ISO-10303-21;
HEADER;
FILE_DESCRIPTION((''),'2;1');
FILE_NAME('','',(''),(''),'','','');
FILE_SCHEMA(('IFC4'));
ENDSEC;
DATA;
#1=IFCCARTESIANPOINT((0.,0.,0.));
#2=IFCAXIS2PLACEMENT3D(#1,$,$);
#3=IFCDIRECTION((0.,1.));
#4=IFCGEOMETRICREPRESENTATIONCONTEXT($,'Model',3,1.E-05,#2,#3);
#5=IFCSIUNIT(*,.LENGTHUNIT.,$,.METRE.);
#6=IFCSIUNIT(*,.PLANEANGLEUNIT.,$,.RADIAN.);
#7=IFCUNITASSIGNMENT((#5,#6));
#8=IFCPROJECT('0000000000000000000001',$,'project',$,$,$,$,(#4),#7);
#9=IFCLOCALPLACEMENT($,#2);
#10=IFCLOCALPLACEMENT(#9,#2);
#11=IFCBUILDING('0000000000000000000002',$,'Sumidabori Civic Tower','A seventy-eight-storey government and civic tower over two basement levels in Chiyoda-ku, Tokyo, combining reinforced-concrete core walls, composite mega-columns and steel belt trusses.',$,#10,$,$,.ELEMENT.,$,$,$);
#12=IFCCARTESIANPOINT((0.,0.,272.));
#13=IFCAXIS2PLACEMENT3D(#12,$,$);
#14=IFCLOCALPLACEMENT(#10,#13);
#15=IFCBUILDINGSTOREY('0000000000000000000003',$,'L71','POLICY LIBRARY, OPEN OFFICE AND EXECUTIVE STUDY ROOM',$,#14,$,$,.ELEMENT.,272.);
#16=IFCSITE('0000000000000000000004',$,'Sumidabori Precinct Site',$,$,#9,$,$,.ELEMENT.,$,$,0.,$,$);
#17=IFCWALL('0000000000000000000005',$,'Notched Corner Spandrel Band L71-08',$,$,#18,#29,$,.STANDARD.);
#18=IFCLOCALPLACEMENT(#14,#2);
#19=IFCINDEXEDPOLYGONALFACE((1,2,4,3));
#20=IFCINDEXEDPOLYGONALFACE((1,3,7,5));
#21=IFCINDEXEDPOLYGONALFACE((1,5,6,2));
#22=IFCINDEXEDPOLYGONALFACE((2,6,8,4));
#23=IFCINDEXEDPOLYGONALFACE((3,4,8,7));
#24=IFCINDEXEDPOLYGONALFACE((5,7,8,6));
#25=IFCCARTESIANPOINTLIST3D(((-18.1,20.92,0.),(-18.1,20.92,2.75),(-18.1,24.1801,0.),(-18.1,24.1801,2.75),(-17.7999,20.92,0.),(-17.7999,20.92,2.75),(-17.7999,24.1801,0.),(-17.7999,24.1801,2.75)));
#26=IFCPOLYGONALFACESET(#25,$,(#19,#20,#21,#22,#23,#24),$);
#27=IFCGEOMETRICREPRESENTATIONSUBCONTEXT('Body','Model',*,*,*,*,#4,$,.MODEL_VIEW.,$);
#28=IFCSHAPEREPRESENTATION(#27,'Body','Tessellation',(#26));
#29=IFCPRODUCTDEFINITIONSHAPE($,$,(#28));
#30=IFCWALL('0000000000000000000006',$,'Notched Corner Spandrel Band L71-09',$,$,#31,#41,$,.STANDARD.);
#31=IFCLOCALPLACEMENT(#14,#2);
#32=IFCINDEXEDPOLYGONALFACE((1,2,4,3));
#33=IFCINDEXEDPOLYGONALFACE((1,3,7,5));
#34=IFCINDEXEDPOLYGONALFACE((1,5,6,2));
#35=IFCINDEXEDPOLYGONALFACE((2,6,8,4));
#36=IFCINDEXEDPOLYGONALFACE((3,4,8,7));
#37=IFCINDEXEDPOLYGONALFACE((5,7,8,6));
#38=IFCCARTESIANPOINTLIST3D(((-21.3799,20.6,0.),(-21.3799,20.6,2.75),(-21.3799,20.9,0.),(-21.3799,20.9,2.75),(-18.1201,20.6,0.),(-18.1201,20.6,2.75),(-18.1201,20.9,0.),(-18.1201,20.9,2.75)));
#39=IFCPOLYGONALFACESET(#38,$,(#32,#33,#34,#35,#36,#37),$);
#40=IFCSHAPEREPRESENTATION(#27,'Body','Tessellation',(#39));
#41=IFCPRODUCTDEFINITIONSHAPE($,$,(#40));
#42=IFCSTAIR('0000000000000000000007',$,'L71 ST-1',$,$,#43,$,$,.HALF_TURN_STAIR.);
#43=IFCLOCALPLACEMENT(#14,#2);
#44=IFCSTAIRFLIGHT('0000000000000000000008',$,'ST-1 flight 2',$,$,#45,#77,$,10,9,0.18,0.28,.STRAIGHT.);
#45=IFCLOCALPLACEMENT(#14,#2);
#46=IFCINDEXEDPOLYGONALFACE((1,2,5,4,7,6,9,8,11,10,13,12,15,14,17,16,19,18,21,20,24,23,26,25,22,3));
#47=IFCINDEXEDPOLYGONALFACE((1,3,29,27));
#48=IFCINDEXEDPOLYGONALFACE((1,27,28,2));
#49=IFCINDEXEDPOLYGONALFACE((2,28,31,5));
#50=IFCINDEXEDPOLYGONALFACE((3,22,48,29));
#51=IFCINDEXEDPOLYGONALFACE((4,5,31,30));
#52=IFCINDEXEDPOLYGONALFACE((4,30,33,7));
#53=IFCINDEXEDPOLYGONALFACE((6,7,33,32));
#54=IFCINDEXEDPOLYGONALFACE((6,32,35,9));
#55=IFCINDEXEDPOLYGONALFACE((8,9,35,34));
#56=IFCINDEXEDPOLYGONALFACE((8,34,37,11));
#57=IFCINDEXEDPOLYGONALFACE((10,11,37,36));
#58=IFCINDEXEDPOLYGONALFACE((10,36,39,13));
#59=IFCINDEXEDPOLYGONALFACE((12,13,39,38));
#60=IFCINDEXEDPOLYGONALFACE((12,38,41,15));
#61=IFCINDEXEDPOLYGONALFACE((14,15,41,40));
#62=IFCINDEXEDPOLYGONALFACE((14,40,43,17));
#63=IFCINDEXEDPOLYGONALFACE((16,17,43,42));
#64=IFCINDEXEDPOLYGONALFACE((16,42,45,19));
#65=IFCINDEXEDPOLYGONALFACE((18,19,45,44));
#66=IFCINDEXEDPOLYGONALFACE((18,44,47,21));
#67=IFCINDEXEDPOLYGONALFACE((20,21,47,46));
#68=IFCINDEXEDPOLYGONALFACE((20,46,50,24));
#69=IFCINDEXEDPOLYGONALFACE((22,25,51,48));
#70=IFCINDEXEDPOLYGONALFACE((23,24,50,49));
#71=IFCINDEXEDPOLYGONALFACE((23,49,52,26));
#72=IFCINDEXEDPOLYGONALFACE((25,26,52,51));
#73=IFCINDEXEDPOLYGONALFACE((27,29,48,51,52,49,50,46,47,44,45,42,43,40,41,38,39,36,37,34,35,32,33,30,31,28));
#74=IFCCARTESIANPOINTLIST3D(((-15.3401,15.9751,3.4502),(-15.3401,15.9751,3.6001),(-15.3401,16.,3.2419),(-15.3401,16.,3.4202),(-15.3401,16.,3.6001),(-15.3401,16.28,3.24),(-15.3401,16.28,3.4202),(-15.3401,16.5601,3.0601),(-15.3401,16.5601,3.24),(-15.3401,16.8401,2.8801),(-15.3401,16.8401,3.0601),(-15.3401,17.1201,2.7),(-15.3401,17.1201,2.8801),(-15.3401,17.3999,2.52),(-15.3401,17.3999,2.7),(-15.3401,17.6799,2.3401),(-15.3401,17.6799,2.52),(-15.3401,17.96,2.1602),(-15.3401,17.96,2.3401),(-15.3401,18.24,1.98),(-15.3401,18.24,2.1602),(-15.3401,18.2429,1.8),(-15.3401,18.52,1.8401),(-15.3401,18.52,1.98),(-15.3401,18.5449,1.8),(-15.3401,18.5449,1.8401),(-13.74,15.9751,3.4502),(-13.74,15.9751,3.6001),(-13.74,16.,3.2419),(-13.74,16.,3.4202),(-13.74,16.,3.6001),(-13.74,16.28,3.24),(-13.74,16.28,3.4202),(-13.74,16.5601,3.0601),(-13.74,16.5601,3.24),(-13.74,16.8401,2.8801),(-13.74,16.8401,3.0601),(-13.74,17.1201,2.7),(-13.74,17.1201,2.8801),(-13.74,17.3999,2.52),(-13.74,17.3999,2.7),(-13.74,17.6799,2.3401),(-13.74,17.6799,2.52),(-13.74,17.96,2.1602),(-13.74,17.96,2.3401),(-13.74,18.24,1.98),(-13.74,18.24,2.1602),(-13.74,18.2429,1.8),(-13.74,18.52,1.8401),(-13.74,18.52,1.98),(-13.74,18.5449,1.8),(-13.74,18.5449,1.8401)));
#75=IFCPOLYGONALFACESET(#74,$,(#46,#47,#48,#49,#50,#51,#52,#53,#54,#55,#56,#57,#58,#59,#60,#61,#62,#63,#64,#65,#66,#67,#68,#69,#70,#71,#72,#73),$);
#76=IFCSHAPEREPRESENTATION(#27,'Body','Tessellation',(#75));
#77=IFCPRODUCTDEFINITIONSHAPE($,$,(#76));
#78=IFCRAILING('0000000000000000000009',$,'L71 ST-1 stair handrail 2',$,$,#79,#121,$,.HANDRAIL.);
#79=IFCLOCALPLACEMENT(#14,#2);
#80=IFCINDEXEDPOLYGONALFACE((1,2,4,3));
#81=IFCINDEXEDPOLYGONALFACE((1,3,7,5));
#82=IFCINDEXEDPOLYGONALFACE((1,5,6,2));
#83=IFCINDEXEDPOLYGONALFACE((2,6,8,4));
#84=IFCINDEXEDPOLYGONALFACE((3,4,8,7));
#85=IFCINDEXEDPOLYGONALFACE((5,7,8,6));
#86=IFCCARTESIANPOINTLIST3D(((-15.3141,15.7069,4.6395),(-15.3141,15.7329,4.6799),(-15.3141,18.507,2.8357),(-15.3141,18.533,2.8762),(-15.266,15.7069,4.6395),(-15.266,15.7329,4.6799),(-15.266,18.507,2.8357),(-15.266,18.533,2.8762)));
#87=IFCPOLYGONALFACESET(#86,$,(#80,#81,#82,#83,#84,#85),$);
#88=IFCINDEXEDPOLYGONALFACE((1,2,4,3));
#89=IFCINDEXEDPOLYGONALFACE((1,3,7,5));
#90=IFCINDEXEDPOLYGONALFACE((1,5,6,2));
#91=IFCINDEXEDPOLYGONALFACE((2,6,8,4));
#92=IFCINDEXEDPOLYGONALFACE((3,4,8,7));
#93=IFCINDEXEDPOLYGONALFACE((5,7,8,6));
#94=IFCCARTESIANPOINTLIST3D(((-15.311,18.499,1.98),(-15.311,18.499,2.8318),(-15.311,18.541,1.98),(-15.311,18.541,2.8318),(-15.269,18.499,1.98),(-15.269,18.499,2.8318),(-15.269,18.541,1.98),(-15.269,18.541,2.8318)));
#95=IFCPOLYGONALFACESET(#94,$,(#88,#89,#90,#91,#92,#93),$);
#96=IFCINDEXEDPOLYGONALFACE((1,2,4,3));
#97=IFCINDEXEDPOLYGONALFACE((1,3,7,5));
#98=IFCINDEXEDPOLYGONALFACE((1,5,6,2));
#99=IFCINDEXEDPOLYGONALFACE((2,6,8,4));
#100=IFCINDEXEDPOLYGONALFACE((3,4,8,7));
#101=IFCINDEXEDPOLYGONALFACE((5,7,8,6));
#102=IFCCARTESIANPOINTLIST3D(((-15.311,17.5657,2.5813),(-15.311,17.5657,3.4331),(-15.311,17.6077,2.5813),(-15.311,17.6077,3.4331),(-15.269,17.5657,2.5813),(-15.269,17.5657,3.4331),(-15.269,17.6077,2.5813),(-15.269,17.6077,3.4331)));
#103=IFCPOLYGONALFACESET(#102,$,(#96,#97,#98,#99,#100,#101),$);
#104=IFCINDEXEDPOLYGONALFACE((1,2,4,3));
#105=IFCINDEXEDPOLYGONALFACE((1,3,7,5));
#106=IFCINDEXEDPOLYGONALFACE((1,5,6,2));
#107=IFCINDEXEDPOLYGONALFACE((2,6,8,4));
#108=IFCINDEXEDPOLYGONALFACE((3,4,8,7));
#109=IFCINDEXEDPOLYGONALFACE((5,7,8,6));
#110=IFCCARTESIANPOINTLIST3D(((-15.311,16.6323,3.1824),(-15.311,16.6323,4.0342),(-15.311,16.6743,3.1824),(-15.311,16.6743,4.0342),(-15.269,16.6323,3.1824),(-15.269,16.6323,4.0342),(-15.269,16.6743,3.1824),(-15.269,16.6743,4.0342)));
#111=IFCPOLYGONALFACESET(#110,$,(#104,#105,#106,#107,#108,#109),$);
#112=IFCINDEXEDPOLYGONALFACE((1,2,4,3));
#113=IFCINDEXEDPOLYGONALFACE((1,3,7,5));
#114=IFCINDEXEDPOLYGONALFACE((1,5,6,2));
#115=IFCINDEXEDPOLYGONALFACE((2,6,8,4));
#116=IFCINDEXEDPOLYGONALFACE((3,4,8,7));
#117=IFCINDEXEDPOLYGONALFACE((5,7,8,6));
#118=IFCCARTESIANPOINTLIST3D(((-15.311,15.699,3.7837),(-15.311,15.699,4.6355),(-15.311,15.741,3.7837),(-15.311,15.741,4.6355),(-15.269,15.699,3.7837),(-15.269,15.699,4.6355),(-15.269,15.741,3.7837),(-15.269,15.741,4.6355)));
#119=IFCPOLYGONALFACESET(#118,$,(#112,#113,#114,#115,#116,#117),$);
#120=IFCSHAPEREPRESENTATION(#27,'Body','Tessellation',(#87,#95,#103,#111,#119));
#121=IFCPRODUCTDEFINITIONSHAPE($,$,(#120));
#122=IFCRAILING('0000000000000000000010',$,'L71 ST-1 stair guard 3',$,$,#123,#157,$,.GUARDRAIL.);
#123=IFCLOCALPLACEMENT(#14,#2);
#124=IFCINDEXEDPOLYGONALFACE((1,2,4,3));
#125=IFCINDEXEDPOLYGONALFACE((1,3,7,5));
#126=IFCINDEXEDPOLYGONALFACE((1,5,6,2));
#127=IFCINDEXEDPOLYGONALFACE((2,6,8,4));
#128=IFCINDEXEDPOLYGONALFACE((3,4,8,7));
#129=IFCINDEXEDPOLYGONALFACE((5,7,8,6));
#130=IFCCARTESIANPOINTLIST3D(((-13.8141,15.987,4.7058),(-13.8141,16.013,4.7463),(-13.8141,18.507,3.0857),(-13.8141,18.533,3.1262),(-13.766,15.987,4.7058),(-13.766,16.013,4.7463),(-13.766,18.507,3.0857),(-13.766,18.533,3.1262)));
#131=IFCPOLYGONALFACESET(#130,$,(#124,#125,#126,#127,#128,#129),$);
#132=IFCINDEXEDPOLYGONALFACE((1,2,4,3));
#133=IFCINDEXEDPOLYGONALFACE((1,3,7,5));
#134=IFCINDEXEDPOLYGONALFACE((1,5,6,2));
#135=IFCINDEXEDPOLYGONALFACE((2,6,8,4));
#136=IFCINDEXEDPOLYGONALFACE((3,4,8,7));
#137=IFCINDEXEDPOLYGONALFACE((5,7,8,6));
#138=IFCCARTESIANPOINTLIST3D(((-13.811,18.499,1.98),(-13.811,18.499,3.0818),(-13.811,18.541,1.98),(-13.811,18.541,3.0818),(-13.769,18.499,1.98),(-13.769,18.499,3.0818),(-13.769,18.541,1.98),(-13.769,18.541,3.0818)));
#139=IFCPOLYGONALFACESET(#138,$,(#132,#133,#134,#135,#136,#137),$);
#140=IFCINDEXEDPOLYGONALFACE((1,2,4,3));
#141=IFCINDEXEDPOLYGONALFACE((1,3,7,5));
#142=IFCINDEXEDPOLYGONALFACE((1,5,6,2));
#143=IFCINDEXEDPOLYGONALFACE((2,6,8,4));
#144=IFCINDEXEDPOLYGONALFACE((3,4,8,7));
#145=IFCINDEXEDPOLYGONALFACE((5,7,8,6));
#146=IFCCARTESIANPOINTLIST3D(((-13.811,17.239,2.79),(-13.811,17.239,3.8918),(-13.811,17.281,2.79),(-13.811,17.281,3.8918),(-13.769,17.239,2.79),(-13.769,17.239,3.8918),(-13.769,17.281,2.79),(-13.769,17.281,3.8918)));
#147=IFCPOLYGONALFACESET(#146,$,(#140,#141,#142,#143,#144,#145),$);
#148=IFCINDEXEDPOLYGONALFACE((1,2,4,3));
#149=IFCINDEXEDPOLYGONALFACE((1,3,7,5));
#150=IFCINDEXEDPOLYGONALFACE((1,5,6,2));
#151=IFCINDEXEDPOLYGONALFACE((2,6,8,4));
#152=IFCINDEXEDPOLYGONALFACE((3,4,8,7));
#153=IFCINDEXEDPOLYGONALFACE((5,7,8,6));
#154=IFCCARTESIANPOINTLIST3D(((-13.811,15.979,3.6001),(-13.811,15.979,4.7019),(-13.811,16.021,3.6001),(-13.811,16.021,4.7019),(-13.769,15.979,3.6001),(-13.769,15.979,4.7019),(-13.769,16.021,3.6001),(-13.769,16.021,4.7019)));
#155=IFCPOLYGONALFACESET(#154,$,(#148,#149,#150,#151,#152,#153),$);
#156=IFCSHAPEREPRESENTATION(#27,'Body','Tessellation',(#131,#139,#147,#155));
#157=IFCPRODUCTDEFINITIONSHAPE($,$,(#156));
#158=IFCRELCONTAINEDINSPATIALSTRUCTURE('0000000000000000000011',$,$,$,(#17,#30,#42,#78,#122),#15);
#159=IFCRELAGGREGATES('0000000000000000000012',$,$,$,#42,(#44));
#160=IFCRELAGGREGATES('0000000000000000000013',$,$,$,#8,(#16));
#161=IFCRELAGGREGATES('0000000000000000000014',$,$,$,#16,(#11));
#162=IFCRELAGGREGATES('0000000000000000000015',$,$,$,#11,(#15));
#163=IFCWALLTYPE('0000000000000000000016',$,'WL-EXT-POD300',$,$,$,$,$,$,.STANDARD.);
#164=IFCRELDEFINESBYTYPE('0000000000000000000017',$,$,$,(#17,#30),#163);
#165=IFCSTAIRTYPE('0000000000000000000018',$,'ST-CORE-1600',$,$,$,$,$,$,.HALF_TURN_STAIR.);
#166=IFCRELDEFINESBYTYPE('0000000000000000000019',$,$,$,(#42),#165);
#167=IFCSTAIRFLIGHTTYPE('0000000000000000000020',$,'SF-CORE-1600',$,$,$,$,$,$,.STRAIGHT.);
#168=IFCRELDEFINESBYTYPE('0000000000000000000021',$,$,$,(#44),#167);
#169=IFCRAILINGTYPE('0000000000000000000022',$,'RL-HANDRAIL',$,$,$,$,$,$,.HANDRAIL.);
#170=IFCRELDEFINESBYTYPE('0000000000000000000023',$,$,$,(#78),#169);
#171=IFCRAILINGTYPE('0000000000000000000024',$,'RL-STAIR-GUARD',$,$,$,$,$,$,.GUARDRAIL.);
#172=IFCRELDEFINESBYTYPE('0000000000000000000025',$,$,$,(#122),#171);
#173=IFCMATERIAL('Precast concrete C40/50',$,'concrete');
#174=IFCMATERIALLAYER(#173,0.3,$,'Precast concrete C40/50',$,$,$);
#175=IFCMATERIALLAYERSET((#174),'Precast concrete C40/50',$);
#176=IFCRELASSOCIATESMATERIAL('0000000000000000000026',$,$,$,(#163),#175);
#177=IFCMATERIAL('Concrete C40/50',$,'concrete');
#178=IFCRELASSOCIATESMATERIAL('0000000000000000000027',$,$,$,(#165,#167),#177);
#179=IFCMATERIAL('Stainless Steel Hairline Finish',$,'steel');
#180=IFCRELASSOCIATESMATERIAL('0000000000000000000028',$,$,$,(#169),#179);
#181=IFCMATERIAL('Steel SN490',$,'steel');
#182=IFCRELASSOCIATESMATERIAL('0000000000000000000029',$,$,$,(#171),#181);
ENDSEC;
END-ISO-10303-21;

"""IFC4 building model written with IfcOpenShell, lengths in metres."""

from ifc_helpers import new_model, si_unit, direction, frame, frame_2d, origin, origin_2d, place, context, subcontext, project, spatial, polyline, rectangle, outline, extrude, source, transform, mapped, material, layer, layer_set, type_object, element, aggregate, save


model = new_model("IFC4")

# Units and contexts
model_context = context("Model", 3, precision=1e-05, world=origin(), true_north=direction((0.0, 1.0)))
body_context = subcontext(model_context, "Body", "Model", "MODEL_VIEW")
ifc_project = project(units=[si_unit("LENGTHUNIT", "METRE"), si_unit("PLANEANGLEUNIT", "RADIAN")], contexts=[model_context])

# Site, building, storey
site_placement = place(None, origin())
site = spatial("IfcSite", under=ifc_project, at=site_placement, Name="Sumidabori Precinct Site", CompositionType="ELEMENT", RefElevation=0.0)
building_placement = place(site_placement, origin())
building = spatial("IfcBuilding", under=site, at=building_placement, Name="Sumidabori Civic Tower", Description="A seventy-eight-storey government and civic tower over two basement levels in Chiyoda-ku, Tokyo, combining reinforced-concrete core walls, composite mega-columns and steel belt trusses.", CompositionType="ELEMENT")
storey_placement = place(building_placement, frame((0.0, 0.0, 272.0)))
storey = spatial("IfcBuildingStorey", under=building, at=storey_placement, Name="L71", Description="POLICY LIBRARY, OPEN OFFICE AND EXECUTIVE STUDY ROOM", CompositionType="ELEMENT", Elevation=272.0)

# Shared definitions
ifc_material_1 = material(Name="Steel SN490", Category="steel")

# Walls
ifc_material_2 = material(Name="Precast concrete C40/50", Category="concrete")
ifc_layer_1 = layer(ifc_material_2, 0.3, Name="Precast concrete C40/50")
ifc_layer_set_1 = layer_set([ifc_layer_1], Name="Precast concrete C40/50")
wall_type_1 = type_object("IfcWallType", Name="WL-EXT-POD300", PredefinedType="STANDARD", material=ifc_layer_set_1)
shared_shape_1 = source(origin(), body_context, "Body", "SweptSolid", [
    extrude(rectangle(XDim=3.26, YDim=0.3, at=frame_2d((1.6299, 0.0))), origin(), (0.0, 0.0, 1.0), 2.75),
])
wall_1_placement = place(storey_placement, frame((-17.95, 24.1799, 0.0), z_axis=(0.0, 0.0, 1.0), x_axis=(0.0, -1.0, 0.0)))
element("IfcWall", 1, at=wall_1_placement, inside=storey, type_object=wall_type_1, Name="Notched Corner Spandrel Band L71-08", PredefinedType="STANDARD", context=body_context, shape_type="MappedRepresentation", body=[
    mapped(shared_shape_1, transform((0.0, 0.0, 0.0), x_axis=(1.0, 0.0, 0.0), y_axis=(0.0, 1.0, 0.0), z_axis=(0.0, 0.0, 1.0), scale=1.0)),
])
shared_shape_2 = source(origin(), body_context, "Body", "SweptSolid", [
    extrude(rectangle(XDim=3.2598, YDim=0.3, at=frame_2d((1.6299, 0.0))), origin(), (0.0, 0.0, 1.0), 2.75),
])
wall_2_placement = place(storey_placement, frame((-18.1201, 20.75, 0.0), z_axis=(0.0, 0.0, 1.0), x_axis=(-1.0, 0.0, 0.0)))
element("IfcWall", 2, at=wall_2_placement, inside=storey, type_object=wall_type_1, Name="Notched Corner Spandrel Band L71-09", PredefinedType="STANDARD", context=body_context, shape_type="MappedRepresentation", body=[
    mapped(shared_shape_2, transform((0.0, 0.0, 0.0), x_axis=(1.0, 0.0, 0.0), y_axis=(0.0, 1.0, 0.0), z_axis=(0.0, 0.0, 1.0), scale=1.0)),
])

# Stair, stair flight
ifc_material_3 = material(Name="Concrete C40/50", Category="concrete")
stair_type = type_object("IfcStairType", Name="ST-CORE-1600", PredefinedType="HALF_TURN_STAIR", material=ifc_material_3)
stair_placement = place(storey_placement, origin())
stair = element("IfcStair", 3, at=stair_placement, inside=storey, type_object=stair_type, Name="L71 ST-1", PredefinedType="HALF_TURN_STAIR")
stair_flight_type = type_object("IfcStairFlightType", Name="SF-CORE-1600", PredefinedType="STRAIGHT", material=ifc_material_3)
shared_shape_3 = source(origin(), body_context, "Body", "SweptSolid", [
    extrude(outline(polyline([(-0.0249, 0.0), (-0.0249, 0.04), (0.0, 0.04), (0.0, 0.1799), (0.28, 0.1799), (0.28, 0.3601), (0.5601, 0.3601), (0.5601, 0.54), (0.8401, 0.54), (0.8401, 0.72), (1.1201, 0.72), (1.1201, 0.8999), (1.3999, 0.8999), (1.3999, 1.0801), (1.6799, 1.0801), (1.6799, 1.26), (1.96, 1.26), (1.96, 1.4399), (2.24, 1.4399), (2.24, 1.6201), (2.52, 1.6201), (2.52, 1.8), (2.5449, 1.8), (2.5449, 1.6501), (2.52, 1.4419), (0.2771, 0.0), (-0.0249, 0.0)])), frame((0.0, 0.8, 0.0), z_axis=(0.0, -1.0, 0.0), x_axis=(1.0, 0.0, 0.0)), (0.0, 0.0, 1.0), 1.6001),
])
stair_flight_placement = place(storey_placement, frame((-14.54, 18.52, 1.8), z_axis=(0.0, 0.0, 1.0), x_axis=(0.0, -1.0, 0.0)))
stair_flight = element("IfcStairFlight", 4, at=stair_flight_placement, type_object=stair_flight_type, Name="ST-1 flight 2", NumberOfRisers=10, NumberOfTreads=9, PredefinedType="STRAIGHT", RiserHeight=0.18, TreadLength=0.28, context=body_context, shape_type="MappedRepresentation", body=[
    mapped(shared_shape_3, transform((0.0, 0.0, 0.0), x_axis=(1.0, 0.0, 0.0), y_axis=(0.0, 1.0, 0.0), z_axis=(0.0, 0.0, 1.0), scale=1.0)),
])
aggregate(stair, [stair_flight])

# Railings
ifc_material_4 = material(Name="Stainless Steel Hairline Finish", Category="steel")
railing_type_1 = type_object("IfcRailingType", Name="RL-HANDRAIL", PredefinedType="HANDRAIL", material=ifc_material_4)
railing_1_placement = place(storey_placement, frame((-15.29, 18.52, 1.98)))
element("IfcRailing", 5, at=railing_1_placement, inside=storey, type_object=railing_type_1, Name="L71 ST-1 stair handrail 2", PredefinedType="HANDRAIL", context=body_context, shape_type="SweptSolid", body=[
    extrude(rectangle(XDim=0.0481, YDim=0.0481, at=origin_2d()), frame((0.0, 0.0, 0.876), z_axis=(0.0, -0.840676, 0.541539), x_axis=(1.0, 0.0, 0.0)), (0.0, 0.0, 1.0), 3.3308),
    extrude(rectangle(XDim=0.042, YDim=0.042, at=origin_2d()), origin(), (0.0, 0.0, 1.0), 0.8518),
    extrude(rectangle(XDim=0.042, YDim=0.042, at=origin_2d()), frame((0.0, -0.9333, 0.6013)), (0.0, 0.0, 1.0), 0.8518),
    extrude(rectangle(XDim=0.042, YDim=0.042, at=origin_2d()), frame((0.0, -1.8667, 1.2024)), (0.0, 0.0, 1.0), 0.8518),
    extrude(rectangle(XDim=0.042, YDim=0.042, at=origin_2d()), frame((0.0, -2.8, 1.8037)), (0.0, 0.0, 1.0), 0.8518),
])
railing_type_2 = type_object("IfcRailingType", Name="RL-STAIR-GUARD", PredefinedType="GUARDRAIL", material=ifc_material_1)
railing_2_placement = place(storey_placement, frame((-13.79, 18.52, 1.98)))
element("IfcRailing", 6, at=railing_2_placement, inside=storey, type_object=railing_type_2, Name="L71 ST-1 stair guard 3", PredefinedType="GUARDRAIL", context=body_context, shape_type="SweptSolid", body=[
    extrude(rectangle(XDim=0.0481, YDim=0.0481, at=origin_2d()), frame((0.0, 0.0, 1.126), z_axis=(0.0, -0.841163, 0.540782), x_axis=(1.0, 0.0, 0.0)), (0.0, 0.0, 1.0), 2.9958),
    extrude(rectangle(XDim=0.042, YDim=0.042, at=origin_2d()), origin(), (0.0, 0.0, 1.0), 1.1018),
    extrude(rectangle(XDim=0.042, YDim=0.042, at=origin_2d()), frame((0.0, -1.26, 0.8101)), (0.0, 0.0, 1.0), 1.1018),
    extrude(rectangle(XDim=0.042, YDim=0.042, at=origin_2d()), frame((0.0, -2.52, 1.6201)), (0.0, 0.0, 1.0), 1.1018),
])

save(model, "model.ifc")
